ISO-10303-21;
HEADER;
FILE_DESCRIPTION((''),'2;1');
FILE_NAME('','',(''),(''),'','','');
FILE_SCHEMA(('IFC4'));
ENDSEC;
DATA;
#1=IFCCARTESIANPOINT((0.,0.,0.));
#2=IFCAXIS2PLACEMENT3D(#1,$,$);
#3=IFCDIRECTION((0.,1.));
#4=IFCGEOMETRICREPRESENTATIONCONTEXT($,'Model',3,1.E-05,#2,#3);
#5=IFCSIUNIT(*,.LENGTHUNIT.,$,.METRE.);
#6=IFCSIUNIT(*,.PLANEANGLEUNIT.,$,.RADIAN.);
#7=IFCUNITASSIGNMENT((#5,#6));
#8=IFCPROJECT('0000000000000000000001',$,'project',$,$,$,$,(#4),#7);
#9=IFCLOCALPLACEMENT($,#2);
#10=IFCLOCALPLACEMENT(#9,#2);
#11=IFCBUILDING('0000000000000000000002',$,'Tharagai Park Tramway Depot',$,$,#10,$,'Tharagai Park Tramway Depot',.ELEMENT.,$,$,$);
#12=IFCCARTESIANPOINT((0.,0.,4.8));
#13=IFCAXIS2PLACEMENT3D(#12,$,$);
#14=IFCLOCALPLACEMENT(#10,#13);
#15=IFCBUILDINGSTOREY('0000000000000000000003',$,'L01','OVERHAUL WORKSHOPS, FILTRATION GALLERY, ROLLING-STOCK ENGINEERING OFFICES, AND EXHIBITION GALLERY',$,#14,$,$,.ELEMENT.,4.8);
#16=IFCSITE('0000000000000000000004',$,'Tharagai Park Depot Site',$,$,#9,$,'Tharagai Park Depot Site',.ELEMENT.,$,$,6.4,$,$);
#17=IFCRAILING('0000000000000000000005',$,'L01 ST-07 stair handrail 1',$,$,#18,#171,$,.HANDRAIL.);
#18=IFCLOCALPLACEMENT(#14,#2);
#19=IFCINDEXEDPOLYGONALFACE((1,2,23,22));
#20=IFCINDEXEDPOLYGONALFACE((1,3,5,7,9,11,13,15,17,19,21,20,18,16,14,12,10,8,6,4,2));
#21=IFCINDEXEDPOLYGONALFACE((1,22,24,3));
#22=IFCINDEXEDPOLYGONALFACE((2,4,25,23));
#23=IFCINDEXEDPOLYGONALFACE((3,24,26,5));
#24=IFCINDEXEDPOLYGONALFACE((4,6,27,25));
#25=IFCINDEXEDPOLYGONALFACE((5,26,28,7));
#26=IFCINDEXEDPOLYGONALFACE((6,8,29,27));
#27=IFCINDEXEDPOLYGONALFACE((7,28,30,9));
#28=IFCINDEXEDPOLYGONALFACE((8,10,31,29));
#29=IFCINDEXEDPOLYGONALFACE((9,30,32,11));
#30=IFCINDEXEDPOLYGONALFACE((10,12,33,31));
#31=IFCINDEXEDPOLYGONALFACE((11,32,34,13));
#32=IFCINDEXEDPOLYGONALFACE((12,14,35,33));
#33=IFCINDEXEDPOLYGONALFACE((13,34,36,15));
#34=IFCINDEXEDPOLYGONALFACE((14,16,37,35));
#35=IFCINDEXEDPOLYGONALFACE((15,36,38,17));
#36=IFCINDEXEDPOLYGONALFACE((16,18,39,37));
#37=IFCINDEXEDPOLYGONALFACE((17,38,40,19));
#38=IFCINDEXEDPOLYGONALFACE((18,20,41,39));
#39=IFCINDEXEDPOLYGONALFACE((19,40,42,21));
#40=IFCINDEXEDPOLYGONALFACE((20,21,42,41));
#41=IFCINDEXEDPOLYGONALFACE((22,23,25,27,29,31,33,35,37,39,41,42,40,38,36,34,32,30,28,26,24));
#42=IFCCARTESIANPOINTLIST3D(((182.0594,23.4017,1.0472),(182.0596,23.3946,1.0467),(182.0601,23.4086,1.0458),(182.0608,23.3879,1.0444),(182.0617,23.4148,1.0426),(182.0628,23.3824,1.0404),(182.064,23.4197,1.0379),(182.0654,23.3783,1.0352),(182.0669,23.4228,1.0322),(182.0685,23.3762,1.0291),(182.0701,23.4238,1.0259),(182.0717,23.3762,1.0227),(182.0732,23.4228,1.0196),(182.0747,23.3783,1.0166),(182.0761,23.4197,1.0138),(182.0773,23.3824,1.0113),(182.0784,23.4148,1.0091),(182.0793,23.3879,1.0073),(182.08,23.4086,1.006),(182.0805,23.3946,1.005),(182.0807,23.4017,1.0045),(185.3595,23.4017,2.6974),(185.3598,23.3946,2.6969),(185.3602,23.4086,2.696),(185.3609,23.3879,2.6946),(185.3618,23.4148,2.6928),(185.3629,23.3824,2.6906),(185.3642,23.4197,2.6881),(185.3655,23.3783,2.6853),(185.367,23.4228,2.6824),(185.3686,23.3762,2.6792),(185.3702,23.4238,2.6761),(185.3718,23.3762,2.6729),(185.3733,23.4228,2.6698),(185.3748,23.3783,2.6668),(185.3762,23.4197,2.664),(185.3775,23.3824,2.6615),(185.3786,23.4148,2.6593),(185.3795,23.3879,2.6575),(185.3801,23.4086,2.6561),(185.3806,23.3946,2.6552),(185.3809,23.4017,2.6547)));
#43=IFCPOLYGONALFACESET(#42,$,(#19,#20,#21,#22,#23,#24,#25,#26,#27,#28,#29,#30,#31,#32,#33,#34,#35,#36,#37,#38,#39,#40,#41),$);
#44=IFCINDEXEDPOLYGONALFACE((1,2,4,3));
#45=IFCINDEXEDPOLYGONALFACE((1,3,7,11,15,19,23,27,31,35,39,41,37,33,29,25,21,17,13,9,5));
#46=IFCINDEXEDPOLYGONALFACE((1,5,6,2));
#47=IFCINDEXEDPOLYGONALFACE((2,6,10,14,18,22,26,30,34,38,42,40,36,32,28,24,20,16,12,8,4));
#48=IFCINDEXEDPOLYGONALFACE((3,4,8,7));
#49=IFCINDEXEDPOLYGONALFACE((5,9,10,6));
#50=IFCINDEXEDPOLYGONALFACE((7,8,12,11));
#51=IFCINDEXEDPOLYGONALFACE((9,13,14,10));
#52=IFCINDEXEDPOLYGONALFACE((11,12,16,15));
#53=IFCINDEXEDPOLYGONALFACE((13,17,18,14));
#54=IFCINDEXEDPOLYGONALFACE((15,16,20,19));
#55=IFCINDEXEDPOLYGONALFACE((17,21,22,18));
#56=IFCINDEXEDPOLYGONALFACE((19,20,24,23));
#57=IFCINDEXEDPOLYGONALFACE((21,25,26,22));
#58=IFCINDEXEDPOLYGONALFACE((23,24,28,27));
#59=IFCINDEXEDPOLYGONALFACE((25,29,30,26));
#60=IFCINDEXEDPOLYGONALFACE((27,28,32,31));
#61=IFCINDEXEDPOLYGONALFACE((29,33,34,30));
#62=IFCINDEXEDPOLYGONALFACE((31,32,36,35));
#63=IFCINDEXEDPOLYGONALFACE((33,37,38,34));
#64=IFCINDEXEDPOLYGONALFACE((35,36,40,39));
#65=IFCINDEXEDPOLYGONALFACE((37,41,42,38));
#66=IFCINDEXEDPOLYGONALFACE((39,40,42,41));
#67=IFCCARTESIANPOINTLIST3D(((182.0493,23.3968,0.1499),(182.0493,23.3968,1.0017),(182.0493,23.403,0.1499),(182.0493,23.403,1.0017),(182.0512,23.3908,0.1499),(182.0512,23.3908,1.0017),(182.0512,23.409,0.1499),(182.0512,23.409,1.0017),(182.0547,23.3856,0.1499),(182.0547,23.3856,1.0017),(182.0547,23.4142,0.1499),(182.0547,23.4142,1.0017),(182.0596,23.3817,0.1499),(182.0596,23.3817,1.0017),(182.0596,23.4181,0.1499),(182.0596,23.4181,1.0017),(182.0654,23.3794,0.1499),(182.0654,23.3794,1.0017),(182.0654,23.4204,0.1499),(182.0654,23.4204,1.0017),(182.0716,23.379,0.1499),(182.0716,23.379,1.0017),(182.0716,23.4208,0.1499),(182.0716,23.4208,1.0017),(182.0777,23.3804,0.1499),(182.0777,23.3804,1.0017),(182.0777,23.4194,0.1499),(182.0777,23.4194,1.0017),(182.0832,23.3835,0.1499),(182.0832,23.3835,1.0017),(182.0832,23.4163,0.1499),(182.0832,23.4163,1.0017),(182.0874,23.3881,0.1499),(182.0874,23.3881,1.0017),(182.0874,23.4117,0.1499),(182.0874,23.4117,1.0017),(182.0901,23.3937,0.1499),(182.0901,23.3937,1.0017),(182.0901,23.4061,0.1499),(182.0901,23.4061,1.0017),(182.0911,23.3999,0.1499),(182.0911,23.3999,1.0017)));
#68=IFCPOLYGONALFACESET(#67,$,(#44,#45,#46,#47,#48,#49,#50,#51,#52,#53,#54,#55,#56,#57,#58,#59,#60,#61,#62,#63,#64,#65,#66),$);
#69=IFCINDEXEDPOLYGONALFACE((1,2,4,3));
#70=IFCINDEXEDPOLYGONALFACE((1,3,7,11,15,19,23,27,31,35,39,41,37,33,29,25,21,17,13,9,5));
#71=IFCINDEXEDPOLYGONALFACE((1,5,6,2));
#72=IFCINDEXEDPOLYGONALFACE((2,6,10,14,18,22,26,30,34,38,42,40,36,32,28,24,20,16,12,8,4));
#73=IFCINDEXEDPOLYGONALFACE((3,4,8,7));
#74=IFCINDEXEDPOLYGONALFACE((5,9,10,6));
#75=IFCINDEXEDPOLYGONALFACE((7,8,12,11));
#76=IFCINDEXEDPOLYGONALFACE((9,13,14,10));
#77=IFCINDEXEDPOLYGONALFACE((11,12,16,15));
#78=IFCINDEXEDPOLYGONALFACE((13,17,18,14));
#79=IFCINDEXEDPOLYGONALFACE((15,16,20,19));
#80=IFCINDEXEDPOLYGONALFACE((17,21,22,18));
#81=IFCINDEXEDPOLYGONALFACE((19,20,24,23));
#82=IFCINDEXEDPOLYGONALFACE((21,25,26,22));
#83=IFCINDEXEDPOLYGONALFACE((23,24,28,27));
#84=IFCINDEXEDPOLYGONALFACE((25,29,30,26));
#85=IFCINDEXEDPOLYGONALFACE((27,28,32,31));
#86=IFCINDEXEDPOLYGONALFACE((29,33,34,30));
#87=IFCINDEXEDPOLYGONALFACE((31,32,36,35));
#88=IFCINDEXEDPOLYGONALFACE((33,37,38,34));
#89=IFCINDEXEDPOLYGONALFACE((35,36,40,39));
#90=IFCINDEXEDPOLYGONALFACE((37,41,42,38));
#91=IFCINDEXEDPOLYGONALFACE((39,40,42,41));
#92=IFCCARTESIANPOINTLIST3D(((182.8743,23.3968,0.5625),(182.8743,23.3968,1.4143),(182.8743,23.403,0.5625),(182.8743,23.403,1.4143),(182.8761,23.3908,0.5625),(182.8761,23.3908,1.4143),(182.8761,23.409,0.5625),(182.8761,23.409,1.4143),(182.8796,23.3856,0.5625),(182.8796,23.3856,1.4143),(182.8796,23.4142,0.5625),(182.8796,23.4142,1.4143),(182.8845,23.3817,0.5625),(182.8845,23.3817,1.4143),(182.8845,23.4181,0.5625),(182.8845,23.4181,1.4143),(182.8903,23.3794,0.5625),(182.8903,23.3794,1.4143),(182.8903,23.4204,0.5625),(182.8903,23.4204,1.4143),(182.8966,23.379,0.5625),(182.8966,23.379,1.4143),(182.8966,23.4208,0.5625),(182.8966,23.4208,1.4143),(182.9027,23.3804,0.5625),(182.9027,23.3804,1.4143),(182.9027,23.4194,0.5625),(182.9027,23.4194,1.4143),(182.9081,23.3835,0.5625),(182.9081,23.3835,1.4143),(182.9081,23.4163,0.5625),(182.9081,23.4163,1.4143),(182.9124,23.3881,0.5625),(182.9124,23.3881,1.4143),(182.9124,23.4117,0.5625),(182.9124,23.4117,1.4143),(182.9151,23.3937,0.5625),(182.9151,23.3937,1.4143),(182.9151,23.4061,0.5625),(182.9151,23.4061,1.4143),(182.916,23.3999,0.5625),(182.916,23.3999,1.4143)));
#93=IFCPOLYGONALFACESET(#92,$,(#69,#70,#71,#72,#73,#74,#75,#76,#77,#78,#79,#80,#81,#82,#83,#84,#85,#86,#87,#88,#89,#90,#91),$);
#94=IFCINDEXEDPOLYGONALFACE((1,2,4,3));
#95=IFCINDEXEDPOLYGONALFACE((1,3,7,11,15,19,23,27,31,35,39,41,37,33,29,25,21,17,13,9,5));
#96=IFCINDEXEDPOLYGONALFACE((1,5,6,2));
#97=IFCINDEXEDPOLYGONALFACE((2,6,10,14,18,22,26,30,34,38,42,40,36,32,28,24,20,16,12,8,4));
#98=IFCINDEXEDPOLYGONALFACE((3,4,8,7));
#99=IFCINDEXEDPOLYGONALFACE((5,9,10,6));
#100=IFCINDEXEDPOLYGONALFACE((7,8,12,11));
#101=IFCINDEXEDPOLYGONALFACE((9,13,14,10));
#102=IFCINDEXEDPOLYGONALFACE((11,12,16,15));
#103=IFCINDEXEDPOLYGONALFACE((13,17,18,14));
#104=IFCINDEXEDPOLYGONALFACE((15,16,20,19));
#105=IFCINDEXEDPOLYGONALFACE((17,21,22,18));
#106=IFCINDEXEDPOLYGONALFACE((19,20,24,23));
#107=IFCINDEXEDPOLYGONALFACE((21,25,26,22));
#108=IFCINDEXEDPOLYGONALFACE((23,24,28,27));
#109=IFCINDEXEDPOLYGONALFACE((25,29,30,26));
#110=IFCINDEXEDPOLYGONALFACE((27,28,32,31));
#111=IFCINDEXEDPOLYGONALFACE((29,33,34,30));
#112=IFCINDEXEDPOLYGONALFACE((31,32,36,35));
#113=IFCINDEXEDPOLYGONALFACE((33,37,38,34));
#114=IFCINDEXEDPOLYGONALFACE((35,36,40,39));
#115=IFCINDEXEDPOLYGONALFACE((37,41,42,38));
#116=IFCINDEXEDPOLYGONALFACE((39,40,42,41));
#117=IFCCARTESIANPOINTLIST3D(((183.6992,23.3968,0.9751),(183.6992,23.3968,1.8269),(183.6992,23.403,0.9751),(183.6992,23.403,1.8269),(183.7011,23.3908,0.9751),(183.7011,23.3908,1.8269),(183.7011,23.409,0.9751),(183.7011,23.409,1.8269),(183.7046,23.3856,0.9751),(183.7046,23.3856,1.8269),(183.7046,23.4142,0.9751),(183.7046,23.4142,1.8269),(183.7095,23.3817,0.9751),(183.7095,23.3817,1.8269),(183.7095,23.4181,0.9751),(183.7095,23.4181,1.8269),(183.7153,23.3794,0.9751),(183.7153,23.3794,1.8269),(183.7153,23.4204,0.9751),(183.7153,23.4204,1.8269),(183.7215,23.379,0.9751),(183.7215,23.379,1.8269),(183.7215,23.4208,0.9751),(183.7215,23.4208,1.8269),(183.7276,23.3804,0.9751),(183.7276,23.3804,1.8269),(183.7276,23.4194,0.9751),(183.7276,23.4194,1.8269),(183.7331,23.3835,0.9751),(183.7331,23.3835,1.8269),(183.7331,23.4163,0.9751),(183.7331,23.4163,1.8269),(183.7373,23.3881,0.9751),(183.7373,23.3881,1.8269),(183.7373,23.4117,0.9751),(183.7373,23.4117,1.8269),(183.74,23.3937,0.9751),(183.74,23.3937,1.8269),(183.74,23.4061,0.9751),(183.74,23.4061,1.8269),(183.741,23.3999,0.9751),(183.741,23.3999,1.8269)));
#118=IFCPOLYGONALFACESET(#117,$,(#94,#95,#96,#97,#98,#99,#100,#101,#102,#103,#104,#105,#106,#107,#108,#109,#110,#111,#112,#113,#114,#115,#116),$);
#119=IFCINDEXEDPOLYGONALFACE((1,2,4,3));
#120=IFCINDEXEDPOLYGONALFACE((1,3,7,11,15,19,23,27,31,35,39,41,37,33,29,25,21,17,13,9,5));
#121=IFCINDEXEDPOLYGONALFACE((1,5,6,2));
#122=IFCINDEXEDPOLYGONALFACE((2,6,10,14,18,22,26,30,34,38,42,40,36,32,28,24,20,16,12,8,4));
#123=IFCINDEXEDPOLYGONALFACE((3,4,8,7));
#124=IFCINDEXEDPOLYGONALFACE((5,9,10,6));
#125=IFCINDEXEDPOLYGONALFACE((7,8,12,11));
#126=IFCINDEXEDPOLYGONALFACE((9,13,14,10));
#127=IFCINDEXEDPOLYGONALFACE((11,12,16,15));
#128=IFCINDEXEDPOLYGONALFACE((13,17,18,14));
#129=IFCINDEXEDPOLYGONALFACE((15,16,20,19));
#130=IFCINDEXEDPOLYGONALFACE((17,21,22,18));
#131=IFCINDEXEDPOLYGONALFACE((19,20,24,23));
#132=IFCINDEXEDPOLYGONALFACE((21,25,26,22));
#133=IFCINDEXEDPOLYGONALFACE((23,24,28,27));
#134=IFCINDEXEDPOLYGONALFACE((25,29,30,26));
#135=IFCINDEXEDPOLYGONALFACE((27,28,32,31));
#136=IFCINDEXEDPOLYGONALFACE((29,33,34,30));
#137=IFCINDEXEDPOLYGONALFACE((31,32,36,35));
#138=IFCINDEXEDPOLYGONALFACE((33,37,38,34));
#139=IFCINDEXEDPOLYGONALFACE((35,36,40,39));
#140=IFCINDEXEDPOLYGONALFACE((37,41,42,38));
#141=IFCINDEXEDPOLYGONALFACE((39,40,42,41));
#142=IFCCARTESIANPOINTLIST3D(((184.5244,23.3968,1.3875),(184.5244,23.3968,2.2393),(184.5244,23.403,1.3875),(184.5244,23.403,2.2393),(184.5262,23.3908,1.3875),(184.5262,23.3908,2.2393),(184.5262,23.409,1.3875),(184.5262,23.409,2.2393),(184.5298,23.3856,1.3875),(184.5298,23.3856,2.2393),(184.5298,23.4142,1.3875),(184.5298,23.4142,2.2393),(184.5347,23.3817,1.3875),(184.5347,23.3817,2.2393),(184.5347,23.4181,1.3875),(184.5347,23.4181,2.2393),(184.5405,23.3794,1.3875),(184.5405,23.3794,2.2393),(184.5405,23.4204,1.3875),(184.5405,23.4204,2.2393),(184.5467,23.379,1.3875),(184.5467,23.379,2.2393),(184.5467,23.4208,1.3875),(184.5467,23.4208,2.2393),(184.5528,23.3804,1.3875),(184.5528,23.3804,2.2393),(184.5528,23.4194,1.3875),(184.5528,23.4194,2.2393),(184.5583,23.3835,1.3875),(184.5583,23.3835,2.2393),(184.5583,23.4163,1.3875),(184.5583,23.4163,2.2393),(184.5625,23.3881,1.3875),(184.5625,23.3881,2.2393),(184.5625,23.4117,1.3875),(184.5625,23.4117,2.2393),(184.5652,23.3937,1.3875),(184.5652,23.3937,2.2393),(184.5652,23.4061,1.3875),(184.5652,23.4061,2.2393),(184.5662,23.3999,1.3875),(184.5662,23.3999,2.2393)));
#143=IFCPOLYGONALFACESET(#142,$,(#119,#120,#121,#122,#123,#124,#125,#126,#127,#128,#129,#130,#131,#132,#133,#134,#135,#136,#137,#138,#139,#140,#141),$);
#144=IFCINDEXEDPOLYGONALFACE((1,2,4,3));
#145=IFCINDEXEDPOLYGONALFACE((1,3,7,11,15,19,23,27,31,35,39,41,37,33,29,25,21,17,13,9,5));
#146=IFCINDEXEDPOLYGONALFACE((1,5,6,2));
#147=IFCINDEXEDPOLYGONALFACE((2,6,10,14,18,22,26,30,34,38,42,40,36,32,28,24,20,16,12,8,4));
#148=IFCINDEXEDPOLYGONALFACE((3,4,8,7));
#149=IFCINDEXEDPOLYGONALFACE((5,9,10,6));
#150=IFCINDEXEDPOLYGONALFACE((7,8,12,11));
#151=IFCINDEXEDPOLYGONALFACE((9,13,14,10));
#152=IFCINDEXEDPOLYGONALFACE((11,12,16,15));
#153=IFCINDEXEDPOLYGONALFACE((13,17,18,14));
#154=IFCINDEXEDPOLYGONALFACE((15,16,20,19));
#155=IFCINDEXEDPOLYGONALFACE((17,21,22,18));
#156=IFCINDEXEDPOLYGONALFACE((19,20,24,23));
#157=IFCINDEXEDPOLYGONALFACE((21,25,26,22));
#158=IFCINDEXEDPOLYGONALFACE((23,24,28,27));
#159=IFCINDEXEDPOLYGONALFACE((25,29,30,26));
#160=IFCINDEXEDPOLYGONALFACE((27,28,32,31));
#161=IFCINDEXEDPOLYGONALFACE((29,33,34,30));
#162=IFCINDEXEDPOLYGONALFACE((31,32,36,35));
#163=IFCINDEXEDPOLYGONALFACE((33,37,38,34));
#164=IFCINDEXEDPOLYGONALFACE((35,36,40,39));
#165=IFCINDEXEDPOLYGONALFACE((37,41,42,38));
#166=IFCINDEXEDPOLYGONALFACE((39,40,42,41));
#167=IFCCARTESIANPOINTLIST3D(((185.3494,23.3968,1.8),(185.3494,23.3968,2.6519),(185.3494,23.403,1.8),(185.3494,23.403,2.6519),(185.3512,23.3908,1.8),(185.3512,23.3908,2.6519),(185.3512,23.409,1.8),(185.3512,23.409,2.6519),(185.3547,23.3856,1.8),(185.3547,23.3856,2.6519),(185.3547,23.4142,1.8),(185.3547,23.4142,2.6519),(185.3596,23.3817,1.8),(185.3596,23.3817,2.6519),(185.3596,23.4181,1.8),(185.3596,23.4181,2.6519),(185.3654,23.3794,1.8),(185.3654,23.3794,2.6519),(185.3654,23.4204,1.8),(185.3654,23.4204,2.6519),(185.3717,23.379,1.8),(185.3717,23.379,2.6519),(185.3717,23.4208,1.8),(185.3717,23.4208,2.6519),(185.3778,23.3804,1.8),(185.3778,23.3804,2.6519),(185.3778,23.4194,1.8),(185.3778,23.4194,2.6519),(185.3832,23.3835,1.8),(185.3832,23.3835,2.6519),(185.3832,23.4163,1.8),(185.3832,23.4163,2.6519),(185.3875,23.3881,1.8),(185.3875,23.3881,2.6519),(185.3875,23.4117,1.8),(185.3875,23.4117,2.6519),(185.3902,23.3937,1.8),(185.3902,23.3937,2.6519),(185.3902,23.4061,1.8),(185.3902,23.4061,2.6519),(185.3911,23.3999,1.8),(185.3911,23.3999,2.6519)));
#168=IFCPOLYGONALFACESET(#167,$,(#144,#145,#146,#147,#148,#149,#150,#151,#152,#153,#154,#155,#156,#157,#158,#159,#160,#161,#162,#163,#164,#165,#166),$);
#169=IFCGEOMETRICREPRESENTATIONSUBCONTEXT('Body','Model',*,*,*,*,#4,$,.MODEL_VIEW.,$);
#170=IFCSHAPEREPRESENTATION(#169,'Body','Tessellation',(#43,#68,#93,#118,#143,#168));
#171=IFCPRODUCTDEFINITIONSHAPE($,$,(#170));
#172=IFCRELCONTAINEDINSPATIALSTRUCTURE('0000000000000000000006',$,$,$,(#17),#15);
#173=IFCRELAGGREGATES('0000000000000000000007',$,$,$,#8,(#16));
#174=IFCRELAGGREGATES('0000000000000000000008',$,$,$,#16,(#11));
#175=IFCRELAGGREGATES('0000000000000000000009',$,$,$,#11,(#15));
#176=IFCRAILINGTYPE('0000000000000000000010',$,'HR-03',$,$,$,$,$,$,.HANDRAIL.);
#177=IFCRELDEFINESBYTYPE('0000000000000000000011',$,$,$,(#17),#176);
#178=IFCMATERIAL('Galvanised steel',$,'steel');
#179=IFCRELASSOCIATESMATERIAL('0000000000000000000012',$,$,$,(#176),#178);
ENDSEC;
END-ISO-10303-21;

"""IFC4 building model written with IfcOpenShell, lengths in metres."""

from ifc_helpers import new_model, si_unit, direction, frame, origin, origin_2d, place, context, subcontext, project, spatial, circle, extrude, material, type_object, element, save


model = new_model("IFC4")

# Units and contexts
model_context = context("Model", 3, precision=1e-05, world=origin(), true_north=direction((0.0, 1.0)))
body_context = subcontext(model_context, "Body", "Model", "MODEL_VIEW")
ifc_project = project(units=[si_unit("LENGTHUNIT", "METRE"), si_unit("PLANEANGLEUNIT", "RADIAN")], contexts=[model_context])

# Site, building, storey
site_placement = place(None, origin())
site = spatial("IfcSite", under=ifc_project, at=site_placement, Name="Tharagai Park Depot Site", LongName="Tharagai Park Depot Site", CompositionType="ELEMENT", RefElevation=6.4)
building_placement = place(site_placement, origin())
building = spatial("IfcBuilding", under=site, at=building_placement, Name="Tharagai Park Tramway Depot", LongName="Tharagai Park Tramway Depot", CompositionType="ELEMENT")
storey_placement = place(building_placement, frame((0.0, 0.0, 4.8)))
storey = spatial("IfcBuildingStorey", under=building, at=storey_placement, Name="L01", Description="OVERHAUL WORKSHOPS, FILTRATION GALLERY, ROLLING-STOCK ENGINEERING OFFICES, AND EXHIBITION GALLERY", CompositionType="ELEMENT", Elevation=4.8)

# Shared definitions
ifc_material_1 = material(Name="Galvanised steel", Category="steel")

# Railing
railing_type_1 = type_object("IfcRailingType", Name="HR-03", PredefinedType="HANDRAIL", material=ifc_material_1)
railing_1_placement = place(storey_placement, frame((182.0701, 23.3999, 0.1499)))
element("IfcRailing", 1, at=railing_1_placement, inside=storey, type_object=railing_type_1, Name="L01 ST-07 stair handrail 1", PredefinedType="HANDRAIL", context=body_context, shape_type="SweptSolid", body=[
    extrude(circle(Radius=0.0239, at=origin_2d()), frame((0.0, 0.0, 0.876), z_axis=(0.894414, 0.0, 0.44724), x_axis=(0.0, 1.0, 0.0)), (0.0, 0.0, 1.0), 3.6897),
    extrude(circle(Radius=0.021, at=origin_2d()), origin(), (0.0, 0.0, 1.0), 0.8518),
    extrude(circle(Radius=0.021, at=origin_2d()), frame((0.825, 0.0, 0.4126)), (0.0, 0.0, 1.0), 0.8518),
    extrude(circle(Radius=0.021, at=origin_2d()), frame((1.6499, 0.0, 0.8252)), (0.0, 0.0, 1.0), 0.8518),
    extrude(circle(Radius=0.021, at=origin_2d()), frame((2.4751, 0.0, 1.2375)), (0.0, 0.0, 1.0), 0.8518),
    extrude(circle(Radius=0.021, at=origin_2d()), frame((3.3, 0.0, 1.6501)), (0.0, 0.0, 1.0), 0.8518),
])

save(model, "model.ifc")
